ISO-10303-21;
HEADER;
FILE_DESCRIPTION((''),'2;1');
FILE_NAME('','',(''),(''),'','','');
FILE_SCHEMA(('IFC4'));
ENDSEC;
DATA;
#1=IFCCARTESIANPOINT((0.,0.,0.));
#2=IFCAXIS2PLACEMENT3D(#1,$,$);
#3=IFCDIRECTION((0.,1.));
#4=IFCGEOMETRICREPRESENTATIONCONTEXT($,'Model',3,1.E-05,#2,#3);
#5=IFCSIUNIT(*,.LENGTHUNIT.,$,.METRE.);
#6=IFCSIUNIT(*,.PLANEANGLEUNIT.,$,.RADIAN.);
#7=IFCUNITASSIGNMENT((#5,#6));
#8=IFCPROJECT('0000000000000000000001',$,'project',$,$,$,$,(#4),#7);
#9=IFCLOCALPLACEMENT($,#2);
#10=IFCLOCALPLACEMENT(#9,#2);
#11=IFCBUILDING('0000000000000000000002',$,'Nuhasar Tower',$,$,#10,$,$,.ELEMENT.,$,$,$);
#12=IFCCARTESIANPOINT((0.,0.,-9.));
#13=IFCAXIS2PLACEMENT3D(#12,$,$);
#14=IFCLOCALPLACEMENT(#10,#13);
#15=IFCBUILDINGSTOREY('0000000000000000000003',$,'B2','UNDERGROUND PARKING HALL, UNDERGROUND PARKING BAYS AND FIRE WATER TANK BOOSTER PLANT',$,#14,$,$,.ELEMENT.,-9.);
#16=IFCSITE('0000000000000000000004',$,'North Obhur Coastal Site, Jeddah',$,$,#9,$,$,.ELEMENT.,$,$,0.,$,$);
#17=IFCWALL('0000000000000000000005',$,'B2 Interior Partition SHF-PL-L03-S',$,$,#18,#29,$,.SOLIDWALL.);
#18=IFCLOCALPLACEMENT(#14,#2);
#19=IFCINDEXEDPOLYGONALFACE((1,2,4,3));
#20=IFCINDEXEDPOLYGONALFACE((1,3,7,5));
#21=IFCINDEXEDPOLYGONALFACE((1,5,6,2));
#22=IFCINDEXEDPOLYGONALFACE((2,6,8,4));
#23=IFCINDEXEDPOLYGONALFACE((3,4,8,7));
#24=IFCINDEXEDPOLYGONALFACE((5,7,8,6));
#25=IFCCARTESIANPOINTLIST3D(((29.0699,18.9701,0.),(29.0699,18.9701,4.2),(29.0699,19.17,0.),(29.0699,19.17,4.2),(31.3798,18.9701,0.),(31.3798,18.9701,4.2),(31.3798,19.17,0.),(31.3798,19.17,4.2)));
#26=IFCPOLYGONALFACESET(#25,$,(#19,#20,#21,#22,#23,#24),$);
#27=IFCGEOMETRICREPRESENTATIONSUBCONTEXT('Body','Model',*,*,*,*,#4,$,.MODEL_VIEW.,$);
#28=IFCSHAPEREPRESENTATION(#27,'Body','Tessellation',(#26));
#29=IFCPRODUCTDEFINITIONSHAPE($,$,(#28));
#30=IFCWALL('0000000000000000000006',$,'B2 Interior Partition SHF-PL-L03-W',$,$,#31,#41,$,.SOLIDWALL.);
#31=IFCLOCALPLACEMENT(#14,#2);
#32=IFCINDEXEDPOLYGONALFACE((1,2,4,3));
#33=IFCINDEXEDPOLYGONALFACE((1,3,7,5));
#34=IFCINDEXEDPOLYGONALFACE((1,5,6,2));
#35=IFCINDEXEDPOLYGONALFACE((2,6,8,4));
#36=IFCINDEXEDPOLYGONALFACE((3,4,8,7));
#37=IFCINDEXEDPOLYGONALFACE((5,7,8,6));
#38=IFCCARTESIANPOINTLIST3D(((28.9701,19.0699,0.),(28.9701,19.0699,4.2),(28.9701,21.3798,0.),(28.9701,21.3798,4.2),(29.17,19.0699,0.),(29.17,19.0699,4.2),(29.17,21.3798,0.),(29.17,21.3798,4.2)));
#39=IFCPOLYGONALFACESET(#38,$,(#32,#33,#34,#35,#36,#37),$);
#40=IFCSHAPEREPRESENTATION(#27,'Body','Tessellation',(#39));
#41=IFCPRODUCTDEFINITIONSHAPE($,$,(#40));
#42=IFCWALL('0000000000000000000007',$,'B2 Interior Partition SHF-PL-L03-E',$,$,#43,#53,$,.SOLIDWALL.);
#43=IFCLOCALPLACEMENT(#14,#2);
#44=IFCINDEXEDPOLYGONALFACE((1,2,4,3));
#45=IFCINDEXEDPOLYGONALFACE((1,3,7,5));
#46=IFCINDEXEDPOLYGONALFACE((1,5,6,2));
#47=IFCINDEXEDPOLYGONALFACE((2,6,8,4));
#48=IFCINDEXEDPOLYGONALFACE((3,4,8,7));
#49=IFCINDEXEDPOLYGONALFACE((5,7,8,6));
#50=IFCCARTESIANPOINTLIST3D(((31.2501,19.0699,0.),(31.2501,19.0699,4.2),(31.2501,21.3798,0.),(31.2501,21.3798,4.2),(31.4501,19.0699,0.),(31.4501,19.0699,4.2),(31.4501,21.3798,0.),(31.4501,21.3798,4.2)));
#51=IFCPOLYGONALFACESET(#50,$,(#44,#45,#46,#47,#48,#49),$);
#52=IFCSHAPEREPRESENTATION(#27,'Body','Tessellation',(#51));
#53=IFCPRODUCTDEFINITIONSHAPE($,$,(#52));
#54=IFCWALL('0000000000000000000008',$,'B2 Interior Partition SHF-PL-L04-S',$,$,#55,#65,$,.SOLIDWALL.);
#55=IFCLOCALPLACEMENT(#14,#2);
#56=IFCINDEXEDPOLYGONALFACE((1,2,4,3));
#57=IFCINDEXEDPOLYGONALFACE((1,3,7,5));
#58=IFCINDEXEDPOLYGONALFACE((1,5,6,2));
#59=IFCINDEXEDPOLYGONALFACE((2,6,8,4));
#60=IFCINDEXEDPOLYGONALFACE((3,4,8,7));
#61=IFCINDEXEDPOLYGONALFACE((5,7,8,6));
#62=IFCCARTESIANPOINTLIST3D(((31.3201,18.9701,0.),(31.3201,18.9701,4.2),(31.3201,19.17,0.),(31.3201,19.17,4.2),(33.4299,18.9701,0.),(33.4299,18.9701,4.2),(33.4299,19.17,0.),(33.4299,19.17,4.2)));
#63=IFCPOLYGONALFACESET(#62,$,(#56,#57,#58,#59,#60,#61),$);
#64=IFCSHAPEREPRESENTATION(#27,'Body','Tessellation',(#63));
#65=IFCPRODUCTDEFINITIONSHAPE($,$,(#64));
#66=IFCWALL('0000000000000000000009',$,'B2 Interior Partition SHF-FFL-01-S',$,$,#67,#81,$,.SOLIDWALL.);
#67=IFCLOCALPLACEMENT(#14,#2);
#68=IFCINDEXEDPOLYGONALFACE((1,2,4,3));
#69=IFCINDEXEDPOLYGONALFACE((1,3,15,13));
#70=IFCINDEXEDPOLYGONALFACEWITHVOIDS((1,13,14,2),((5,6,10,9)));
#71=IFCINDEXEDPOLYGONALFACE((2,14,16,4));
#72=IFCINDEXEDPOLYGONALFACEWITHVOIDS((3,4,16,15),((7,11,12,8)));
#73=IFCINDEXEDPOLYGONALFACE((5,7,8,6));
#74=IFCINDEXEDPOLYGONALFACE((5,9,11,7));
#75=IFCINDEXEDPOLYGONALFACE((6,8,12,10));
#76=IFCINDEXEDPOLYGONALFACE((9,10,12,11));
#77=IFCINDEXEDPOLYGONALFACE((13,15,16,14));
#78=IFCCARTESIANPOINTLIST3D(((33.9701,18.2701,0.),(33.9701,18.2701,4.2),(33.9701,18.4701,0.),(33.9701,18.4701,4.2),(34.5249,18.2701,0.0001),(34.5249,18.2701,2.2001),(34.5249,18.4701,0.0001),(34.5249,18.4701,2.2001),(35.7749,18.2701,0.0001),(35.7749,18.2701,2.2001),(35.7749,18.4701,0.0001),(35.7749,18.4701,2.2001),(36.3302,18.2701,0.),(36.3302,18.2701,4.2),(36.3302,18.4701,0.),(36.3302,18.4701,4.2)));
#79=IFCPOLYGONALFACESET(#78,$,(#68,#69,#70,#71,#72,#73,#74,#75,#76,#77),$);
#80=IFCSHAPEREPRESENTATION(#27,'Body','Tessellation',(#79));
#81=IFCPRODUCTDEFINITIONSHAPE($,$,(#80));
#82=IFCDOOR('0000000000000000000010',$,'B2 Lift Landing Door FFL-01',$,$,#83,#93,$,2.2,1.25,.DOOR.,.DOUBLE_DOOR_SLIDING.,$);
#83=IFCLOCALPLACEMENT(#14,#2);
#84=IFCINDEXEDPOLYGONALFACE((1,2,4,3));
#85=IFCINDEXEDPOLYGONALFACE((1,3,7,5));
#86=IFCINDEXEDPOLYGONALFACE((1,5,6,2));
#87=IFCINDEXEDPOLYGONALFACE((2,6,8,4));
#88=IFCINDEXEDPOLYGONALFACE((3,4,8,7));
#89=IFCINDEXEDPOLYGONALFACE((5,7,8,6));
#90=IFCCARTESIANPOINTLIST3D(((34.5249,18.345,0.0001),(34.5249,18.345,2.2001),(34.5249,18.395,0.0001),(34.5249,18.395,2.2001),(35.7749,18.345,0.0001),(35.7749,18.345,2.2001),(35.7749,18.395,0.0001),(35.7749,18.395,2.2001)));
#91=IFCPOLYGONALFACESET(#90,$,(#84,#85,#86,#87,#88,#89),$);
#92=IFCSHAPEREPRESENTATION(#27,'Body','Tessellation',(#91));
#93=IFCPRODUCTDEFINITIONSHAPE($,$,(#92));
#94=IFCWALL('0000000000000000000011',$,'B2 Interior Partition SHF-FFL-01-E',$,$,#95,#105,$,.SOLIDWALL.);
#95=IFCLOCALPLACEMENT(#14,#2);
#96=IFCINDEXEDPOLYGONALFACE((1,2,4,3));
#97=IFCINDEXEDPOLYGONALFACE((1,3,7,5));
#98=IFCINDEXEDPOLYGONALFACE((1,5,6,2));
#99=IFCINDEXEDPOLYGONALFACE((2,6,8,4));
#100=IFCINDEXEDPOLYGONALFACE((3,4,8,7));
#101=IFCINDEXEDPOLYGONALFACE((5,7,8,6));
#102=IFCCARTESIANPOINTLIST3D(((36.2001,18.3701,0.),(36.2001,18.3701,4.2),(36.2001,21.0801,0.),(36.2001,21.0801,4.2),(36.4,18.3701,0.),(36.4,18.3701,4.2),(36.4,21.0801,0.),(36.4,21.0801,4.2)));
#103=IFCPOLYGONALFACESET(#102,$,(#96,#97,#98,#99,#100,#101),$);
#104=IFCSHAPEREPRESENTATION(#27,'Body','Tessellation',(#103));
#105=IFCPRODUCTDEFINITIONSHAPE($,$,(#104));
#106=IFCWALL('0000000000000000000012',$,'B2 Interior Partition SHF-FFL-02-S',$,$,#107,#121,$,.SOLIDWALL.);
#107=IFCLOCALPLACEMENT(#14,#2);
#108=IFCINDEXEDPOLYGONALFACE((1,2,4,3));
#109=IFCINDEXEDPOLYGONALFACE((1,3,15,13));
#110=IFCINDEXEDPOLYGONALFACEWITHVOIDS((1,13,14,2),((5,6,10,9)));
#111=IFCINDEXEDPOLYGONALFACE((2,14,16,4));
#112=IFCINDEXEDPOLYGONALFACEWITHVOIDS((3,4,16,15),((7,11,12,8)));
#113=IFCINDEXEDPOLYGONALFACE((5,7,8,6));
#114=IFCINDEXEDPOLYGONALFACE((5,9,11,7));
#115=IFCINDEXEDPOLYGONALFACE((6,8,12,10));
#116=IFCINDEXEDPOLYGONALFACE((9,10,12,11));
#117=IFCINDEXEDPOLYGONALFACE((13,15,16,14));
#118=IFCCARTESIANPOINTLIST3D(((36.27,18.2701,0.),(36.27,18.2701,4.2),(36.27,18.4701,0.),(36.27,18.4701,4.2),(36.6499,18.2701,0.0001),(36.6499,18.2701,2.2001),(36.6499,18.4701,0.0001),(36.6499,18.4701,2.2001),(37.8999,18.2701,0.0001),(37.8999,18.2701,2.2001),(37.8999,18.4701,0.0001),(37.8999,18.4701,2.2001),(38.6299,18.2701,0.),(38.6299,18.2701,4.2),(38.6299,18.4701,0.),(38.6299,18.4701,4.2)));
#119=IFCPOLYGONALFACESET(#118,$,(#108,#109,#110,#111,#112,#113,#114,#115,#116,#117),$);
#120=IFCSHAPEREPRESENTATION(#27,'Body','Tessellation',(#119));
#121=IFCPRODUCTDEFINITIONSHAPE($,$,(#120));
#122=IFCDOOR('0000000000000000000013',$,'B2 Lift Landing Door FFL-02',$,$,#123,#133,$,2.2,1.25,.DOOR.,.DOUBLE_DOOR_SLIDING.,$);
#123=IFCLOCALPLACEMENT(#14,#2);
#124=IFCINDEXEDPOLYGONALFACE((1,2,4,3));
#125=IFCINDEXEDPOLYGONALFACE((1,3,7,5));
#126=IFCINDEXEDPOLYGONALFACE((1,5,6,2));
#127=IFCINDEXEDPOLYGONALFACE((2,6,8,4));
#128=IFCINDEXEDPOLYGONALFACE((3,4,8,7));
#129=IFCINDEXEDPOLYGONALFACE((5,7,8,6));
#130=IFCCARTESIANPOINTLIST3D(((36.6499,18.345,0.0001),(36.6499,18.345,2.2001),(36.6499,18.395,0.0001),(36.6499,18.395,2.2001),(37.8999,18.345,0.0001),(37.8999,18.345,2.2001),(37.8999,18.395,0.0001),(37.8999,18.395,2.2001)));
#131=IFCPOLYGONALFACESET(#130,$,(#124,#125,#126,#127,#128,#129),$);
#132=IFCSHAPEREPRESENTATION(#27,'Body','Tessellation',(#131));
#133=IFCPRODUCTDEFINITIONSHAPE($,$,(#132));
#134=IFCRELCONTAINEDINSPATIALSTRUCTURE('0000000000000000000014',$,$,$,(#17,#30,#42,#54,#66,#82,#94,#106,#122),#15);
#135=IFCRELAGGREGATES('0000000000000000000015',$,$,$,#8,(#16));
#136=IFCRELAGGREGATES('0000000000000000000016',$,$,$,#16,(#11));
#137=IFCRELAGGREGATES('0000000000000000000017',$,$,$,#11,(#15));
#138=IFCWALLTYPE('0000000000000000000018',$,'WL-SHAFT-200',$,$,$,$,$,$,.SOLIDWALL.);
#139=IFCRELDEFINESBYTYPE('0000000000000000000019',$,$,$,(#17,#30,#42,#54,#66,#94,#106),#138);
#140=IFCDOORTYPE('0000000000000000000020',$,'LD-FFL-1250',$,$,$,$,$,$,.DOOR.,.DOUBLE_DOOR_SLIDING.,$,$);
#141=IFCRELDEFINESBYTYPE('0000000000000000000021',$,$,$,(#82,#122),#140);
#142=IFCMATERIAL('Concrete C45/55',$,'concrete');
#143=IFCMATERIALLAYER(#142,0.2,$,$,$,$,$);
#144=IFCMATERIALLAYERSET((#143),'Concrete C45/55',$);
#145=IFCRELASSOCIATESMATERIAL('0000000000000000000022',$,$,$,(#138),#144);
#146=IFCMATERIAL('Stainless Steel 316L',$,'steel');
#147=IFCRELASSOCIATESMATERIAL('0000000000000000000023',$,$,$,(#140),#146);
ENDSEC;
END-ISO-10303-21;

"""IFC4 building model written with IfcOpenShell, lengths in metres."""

from ifc_helpers import new_model, si_unit, direction, frame, frame_2d, origin, place, context, subcontext, project, spatial, rectangle, extrude, material, layer, layer_set, type_object, element, fill, save


model = new_model("IFC4")

# Units and contexts
model_context = context("Model", 3, precision=1e-05, world=origin(), true_north=direction((0.0, 1.0)))
body_context = subcontext(model_context, "Body", "Model", "MODEL_VIEW")
ifc_project = project(units=[si_unit("LENGTHUNIT", "METRE"), si_unit("PLANEANGLEUNIT", "RADIAN")], contexts=[model_context])

# Site, building, storey
site_placement = place(None, origin())
site = spatial("IfcSite", under=ifc_project, at=site_placement, Name="North Obhur Coastal Site, Jeddah", CompositionType="ELEMENT", RefElevation=0.0)
building_placement = place(site_placement, origin())
building = spatial("IfcBuilding", under=site, at=building_placement, Name="Nuhasar Tower", CompositionType="ELEMENT")
storey_placement = place(building_placement, frame((0.0, 0.0, -9.0)))
storey = spatial("IfcBuildingStorey", under=building, at=storey_placement, Name="B2", Description="UNDERGROUND PARKING HALL, UNDERGROUND PARKING BAYS AND FIRE WATER TANK BOOSTER PLANT", CompositionType="ELEMENT", Elevation=-9.0)

# Walls
ifc_material_1 = material(Name="Concrete C45/55", Category="concrete")
ifc_layer_1 = layer(ifc_material_1, 0.2)
ifc_layer_set_1 = layer_set([ifc_layer_1], Name="Concrete C45/55")
wall_type_1 = type_object("IfcWallType", Name="WL-SHAFT-200", PredefinedType="SOLIDWALL", material=ifc_layer_set_1)
for number, where, z_axis, x_axis, name in (
    (1, (29.0701, 19.0701, 0.0), (0.0, 0.0, 1.0), (1.0, 0.0, 0.0), "B2 Interior Partition SHF-PL-L03-S"),
    (2, (29.0701, 19.0701, 0.0), (0.0, 0.0, 1.0), (0.0, 1.0, 0.0), "B2 Interior Partition SHF-PL-L03-W"),
    (3, (31.3501, 19.0701, 0.0), (0.0, 0.0, 1.0), (0.0, 1.0, 0.0), "B2 Interior Partition SHF-PL-L03-E"),
):
    element("IfcWall", number, at=place(storey_placement, frame(where, z_axis=z_axis, x_axis=x_axis)), inside=storey, type_object=wall_type_1, Name=name, PredefinedType="SOLIDWALL", context=body_context, shape_type="SweptSolid", body=[
        extrude(rectangle(XDim=2.3098, YDim=0.2, at=frame_2d((1.1548, 0.0))), origin(), (0.0, 0.0, 1.0), 4.2),
    ])
wall_1_placement = place(storey_placement, frame((31.3201, 19.0701, 0.0), z_axis=(0.0, 0.0, 1.0), x_axis=(1.0, 0.0, 0.0)))
element("IfcWall", 4, at=wall_1_placement, inside=storey, type_object=wall_type_1, Name="B2 Interior Partition SHF-PL-L04-S", PredefinedType="SOLIDWALL", context=body_context, shape_type="SweptSolid", body=[
    extrude(rectangle(XDim=2.1099, YDim=0.2, at=frame_2d((1.0549, 0.0))), origin(), (0.0, 0.0, 1.0), 4.2),
])

# Wall, opening, door
wall_2_placement = place(storey_placement, frame((33.97, 18.3701, 0.0), z_axis=(0.0, 0.0, 1.0), x_axis=(1.0, 0.0, 0.0)))
wall_2 = element("IfcWall", 5, at=wall_2_placement, inside=storey, type_object=wall_type_1, Name="B2 Interior Partition SHF-FFL-01-S", PredefinedType="SOLIDWALL", context=body_context, shape_type="SweptSolid", body=[
    extrude(rectangle(XDim=2.3601, YDim=0.2, at=frame_2d((1.1802, 0.0))), origin(), (0.0, 0.0, 1.0), 4.2),
])
opening_1_placement = place(wall_2_placement, frame((0.5549, 0.0, 0.0)))
opening_1 = element("IfcOpeningElement", 6, at=opening_1_placement, cuts=wall_2, PredefinedType="OPENING", context=body_context, shape_type="SweptSolid", body=[
    extrude(rectangle(XDim=1.25, YDim=2.2, at=frame_2d((0.625, 1.1001))), frame((0.0, 0.1099, 0.0), z_axis=(0.0, -1.0, 0.0), x_axis=(1.0, 0.0, 0.0)), (0.0, 0.0, 1.0), 0.22),
])
ifc_material_2 = material(Name="Stainless Steel 316L", Category="steel")
door_type_1 = type_object("IfcDoorType", Name="LD-FFL-1250", OperationType="DOUBLE_DOOR_SLIDING", PredefinedType="DOOR", material=ifc_material_2)
door_1_placement = place(opening_1_placement, origin())
door_1 = element("IfcDoor", 7, at=door_1_placement, inside=storey, type_object=door_type_1, Name="B2 Lift Landing Door FFL-01", OperationType="DOUBLE_DOOR_SLIDING", OverallHeight=2.2, OverallWidth=1.25, PredefinedType="DOOR", context=body_context, shape_type="SweptSolid", body=[
    extrude(rectangle(XDim=1.25, YDim=2.2, at=frame_2d((0.625, 1.1001))), frame((0.0, 0.0249, 0.0), z_axis=(0.0, -1.0, 0.0), x_axis=(1.0, 0.0, 0.0)), (0.0, 0.0, 1.0), 0.05),
])
fill(opening_1, door_1)

# Wall
wall_3_placement = place(storey_placement, frame((36.3, 18.3701, 0.0), z_axis=(0.0, 0.0, 1.0), x_axis=(0.0, 1.0, 0.0)))
element("IfcWall", 8, at=wall_3_placement, inside=storey, type_object=wall_type_1, Name="B2 Interior Partition SHF-FFL-01-E", PredefinedType="SOLIDWALL", context=body_context, shape_type="SweptSolid", body=[
    extrude(rectangle(XDim=2.71, YDim=0.2, at=frame_2d((1.355, 0.0))), origin(), (0.0, 0.0, 1.0), 4.2),
])

# Wall, opening, door
wall_4_placement = place(storey_placement, frame((36.27, 18.3701, 0.0), z_axis=(0.0, 0.0, 1.0), x_axis=(1.0, 0.0, 0.0)))
wall_4 = element("IfcWall", 9, at=wall_4_placement, inside=storey, type_object=wall_type_1, Name="B2 Interior Partition SHF-FFL-02-S", PredefinedType="SOLIDWALL", context=body_context, shape_type="SweptSolid", body=[
    extrude(rectangle(XDim=2.3599, YDim=0.2, at=frame_2d((1.1799, 0.0))), origin(), (0.0, 0.0, 1.0), 4.2),
])
opening_2_placement = place(wall_4_placement, frame((0.3799, 0.0, 0.0)))
opening_2 = element("IfcOpeningElement", 10, at=opening_2_placement, cuts=wall_4, PredefinedType="OPENING", context=body_context, shape_type="SweptSolid", body=[
    extrude(rectangle(XDim=1.25, YDim=2.2, at=frame_2d((0.625, 1.1001))), frame((0.0, 0.1099, 0.0), z_axis=(0.0, -1.0, 0.0), x_axis=(1.0, 0.0, 0.0)), (0.0, 0.0, 1.0), 0.22),
])
door_2_placement = place(opening_2_placement, origin())
door_2 = element("IfcDoor", 11, at=door_2_placement, inside=storey, type_object=door_type_1, Name="B2 Lift Landing Door FFL-02", OperationType="DOUBLE_DOOR_SLIDING", OverallHeight=2.2, OverallWidth=1.25, PredefinedType="DOOR", context=body_context, shape_type="SweptSolid", body=[
    extrude(rectangle(XDim=1.25, YDim=2.2, at=frame_2d((0.625, 1.1001))), frame((0.0, 0.0249, 0.0), z_axis=(0.0, -1.0, 0.0), x_axis=(1.0, 0.0, 0.0)), (0.0, 0.0, 1.0), 0.05),
])
fill(opening_2, door_2)

save(model, "model.ifc")
